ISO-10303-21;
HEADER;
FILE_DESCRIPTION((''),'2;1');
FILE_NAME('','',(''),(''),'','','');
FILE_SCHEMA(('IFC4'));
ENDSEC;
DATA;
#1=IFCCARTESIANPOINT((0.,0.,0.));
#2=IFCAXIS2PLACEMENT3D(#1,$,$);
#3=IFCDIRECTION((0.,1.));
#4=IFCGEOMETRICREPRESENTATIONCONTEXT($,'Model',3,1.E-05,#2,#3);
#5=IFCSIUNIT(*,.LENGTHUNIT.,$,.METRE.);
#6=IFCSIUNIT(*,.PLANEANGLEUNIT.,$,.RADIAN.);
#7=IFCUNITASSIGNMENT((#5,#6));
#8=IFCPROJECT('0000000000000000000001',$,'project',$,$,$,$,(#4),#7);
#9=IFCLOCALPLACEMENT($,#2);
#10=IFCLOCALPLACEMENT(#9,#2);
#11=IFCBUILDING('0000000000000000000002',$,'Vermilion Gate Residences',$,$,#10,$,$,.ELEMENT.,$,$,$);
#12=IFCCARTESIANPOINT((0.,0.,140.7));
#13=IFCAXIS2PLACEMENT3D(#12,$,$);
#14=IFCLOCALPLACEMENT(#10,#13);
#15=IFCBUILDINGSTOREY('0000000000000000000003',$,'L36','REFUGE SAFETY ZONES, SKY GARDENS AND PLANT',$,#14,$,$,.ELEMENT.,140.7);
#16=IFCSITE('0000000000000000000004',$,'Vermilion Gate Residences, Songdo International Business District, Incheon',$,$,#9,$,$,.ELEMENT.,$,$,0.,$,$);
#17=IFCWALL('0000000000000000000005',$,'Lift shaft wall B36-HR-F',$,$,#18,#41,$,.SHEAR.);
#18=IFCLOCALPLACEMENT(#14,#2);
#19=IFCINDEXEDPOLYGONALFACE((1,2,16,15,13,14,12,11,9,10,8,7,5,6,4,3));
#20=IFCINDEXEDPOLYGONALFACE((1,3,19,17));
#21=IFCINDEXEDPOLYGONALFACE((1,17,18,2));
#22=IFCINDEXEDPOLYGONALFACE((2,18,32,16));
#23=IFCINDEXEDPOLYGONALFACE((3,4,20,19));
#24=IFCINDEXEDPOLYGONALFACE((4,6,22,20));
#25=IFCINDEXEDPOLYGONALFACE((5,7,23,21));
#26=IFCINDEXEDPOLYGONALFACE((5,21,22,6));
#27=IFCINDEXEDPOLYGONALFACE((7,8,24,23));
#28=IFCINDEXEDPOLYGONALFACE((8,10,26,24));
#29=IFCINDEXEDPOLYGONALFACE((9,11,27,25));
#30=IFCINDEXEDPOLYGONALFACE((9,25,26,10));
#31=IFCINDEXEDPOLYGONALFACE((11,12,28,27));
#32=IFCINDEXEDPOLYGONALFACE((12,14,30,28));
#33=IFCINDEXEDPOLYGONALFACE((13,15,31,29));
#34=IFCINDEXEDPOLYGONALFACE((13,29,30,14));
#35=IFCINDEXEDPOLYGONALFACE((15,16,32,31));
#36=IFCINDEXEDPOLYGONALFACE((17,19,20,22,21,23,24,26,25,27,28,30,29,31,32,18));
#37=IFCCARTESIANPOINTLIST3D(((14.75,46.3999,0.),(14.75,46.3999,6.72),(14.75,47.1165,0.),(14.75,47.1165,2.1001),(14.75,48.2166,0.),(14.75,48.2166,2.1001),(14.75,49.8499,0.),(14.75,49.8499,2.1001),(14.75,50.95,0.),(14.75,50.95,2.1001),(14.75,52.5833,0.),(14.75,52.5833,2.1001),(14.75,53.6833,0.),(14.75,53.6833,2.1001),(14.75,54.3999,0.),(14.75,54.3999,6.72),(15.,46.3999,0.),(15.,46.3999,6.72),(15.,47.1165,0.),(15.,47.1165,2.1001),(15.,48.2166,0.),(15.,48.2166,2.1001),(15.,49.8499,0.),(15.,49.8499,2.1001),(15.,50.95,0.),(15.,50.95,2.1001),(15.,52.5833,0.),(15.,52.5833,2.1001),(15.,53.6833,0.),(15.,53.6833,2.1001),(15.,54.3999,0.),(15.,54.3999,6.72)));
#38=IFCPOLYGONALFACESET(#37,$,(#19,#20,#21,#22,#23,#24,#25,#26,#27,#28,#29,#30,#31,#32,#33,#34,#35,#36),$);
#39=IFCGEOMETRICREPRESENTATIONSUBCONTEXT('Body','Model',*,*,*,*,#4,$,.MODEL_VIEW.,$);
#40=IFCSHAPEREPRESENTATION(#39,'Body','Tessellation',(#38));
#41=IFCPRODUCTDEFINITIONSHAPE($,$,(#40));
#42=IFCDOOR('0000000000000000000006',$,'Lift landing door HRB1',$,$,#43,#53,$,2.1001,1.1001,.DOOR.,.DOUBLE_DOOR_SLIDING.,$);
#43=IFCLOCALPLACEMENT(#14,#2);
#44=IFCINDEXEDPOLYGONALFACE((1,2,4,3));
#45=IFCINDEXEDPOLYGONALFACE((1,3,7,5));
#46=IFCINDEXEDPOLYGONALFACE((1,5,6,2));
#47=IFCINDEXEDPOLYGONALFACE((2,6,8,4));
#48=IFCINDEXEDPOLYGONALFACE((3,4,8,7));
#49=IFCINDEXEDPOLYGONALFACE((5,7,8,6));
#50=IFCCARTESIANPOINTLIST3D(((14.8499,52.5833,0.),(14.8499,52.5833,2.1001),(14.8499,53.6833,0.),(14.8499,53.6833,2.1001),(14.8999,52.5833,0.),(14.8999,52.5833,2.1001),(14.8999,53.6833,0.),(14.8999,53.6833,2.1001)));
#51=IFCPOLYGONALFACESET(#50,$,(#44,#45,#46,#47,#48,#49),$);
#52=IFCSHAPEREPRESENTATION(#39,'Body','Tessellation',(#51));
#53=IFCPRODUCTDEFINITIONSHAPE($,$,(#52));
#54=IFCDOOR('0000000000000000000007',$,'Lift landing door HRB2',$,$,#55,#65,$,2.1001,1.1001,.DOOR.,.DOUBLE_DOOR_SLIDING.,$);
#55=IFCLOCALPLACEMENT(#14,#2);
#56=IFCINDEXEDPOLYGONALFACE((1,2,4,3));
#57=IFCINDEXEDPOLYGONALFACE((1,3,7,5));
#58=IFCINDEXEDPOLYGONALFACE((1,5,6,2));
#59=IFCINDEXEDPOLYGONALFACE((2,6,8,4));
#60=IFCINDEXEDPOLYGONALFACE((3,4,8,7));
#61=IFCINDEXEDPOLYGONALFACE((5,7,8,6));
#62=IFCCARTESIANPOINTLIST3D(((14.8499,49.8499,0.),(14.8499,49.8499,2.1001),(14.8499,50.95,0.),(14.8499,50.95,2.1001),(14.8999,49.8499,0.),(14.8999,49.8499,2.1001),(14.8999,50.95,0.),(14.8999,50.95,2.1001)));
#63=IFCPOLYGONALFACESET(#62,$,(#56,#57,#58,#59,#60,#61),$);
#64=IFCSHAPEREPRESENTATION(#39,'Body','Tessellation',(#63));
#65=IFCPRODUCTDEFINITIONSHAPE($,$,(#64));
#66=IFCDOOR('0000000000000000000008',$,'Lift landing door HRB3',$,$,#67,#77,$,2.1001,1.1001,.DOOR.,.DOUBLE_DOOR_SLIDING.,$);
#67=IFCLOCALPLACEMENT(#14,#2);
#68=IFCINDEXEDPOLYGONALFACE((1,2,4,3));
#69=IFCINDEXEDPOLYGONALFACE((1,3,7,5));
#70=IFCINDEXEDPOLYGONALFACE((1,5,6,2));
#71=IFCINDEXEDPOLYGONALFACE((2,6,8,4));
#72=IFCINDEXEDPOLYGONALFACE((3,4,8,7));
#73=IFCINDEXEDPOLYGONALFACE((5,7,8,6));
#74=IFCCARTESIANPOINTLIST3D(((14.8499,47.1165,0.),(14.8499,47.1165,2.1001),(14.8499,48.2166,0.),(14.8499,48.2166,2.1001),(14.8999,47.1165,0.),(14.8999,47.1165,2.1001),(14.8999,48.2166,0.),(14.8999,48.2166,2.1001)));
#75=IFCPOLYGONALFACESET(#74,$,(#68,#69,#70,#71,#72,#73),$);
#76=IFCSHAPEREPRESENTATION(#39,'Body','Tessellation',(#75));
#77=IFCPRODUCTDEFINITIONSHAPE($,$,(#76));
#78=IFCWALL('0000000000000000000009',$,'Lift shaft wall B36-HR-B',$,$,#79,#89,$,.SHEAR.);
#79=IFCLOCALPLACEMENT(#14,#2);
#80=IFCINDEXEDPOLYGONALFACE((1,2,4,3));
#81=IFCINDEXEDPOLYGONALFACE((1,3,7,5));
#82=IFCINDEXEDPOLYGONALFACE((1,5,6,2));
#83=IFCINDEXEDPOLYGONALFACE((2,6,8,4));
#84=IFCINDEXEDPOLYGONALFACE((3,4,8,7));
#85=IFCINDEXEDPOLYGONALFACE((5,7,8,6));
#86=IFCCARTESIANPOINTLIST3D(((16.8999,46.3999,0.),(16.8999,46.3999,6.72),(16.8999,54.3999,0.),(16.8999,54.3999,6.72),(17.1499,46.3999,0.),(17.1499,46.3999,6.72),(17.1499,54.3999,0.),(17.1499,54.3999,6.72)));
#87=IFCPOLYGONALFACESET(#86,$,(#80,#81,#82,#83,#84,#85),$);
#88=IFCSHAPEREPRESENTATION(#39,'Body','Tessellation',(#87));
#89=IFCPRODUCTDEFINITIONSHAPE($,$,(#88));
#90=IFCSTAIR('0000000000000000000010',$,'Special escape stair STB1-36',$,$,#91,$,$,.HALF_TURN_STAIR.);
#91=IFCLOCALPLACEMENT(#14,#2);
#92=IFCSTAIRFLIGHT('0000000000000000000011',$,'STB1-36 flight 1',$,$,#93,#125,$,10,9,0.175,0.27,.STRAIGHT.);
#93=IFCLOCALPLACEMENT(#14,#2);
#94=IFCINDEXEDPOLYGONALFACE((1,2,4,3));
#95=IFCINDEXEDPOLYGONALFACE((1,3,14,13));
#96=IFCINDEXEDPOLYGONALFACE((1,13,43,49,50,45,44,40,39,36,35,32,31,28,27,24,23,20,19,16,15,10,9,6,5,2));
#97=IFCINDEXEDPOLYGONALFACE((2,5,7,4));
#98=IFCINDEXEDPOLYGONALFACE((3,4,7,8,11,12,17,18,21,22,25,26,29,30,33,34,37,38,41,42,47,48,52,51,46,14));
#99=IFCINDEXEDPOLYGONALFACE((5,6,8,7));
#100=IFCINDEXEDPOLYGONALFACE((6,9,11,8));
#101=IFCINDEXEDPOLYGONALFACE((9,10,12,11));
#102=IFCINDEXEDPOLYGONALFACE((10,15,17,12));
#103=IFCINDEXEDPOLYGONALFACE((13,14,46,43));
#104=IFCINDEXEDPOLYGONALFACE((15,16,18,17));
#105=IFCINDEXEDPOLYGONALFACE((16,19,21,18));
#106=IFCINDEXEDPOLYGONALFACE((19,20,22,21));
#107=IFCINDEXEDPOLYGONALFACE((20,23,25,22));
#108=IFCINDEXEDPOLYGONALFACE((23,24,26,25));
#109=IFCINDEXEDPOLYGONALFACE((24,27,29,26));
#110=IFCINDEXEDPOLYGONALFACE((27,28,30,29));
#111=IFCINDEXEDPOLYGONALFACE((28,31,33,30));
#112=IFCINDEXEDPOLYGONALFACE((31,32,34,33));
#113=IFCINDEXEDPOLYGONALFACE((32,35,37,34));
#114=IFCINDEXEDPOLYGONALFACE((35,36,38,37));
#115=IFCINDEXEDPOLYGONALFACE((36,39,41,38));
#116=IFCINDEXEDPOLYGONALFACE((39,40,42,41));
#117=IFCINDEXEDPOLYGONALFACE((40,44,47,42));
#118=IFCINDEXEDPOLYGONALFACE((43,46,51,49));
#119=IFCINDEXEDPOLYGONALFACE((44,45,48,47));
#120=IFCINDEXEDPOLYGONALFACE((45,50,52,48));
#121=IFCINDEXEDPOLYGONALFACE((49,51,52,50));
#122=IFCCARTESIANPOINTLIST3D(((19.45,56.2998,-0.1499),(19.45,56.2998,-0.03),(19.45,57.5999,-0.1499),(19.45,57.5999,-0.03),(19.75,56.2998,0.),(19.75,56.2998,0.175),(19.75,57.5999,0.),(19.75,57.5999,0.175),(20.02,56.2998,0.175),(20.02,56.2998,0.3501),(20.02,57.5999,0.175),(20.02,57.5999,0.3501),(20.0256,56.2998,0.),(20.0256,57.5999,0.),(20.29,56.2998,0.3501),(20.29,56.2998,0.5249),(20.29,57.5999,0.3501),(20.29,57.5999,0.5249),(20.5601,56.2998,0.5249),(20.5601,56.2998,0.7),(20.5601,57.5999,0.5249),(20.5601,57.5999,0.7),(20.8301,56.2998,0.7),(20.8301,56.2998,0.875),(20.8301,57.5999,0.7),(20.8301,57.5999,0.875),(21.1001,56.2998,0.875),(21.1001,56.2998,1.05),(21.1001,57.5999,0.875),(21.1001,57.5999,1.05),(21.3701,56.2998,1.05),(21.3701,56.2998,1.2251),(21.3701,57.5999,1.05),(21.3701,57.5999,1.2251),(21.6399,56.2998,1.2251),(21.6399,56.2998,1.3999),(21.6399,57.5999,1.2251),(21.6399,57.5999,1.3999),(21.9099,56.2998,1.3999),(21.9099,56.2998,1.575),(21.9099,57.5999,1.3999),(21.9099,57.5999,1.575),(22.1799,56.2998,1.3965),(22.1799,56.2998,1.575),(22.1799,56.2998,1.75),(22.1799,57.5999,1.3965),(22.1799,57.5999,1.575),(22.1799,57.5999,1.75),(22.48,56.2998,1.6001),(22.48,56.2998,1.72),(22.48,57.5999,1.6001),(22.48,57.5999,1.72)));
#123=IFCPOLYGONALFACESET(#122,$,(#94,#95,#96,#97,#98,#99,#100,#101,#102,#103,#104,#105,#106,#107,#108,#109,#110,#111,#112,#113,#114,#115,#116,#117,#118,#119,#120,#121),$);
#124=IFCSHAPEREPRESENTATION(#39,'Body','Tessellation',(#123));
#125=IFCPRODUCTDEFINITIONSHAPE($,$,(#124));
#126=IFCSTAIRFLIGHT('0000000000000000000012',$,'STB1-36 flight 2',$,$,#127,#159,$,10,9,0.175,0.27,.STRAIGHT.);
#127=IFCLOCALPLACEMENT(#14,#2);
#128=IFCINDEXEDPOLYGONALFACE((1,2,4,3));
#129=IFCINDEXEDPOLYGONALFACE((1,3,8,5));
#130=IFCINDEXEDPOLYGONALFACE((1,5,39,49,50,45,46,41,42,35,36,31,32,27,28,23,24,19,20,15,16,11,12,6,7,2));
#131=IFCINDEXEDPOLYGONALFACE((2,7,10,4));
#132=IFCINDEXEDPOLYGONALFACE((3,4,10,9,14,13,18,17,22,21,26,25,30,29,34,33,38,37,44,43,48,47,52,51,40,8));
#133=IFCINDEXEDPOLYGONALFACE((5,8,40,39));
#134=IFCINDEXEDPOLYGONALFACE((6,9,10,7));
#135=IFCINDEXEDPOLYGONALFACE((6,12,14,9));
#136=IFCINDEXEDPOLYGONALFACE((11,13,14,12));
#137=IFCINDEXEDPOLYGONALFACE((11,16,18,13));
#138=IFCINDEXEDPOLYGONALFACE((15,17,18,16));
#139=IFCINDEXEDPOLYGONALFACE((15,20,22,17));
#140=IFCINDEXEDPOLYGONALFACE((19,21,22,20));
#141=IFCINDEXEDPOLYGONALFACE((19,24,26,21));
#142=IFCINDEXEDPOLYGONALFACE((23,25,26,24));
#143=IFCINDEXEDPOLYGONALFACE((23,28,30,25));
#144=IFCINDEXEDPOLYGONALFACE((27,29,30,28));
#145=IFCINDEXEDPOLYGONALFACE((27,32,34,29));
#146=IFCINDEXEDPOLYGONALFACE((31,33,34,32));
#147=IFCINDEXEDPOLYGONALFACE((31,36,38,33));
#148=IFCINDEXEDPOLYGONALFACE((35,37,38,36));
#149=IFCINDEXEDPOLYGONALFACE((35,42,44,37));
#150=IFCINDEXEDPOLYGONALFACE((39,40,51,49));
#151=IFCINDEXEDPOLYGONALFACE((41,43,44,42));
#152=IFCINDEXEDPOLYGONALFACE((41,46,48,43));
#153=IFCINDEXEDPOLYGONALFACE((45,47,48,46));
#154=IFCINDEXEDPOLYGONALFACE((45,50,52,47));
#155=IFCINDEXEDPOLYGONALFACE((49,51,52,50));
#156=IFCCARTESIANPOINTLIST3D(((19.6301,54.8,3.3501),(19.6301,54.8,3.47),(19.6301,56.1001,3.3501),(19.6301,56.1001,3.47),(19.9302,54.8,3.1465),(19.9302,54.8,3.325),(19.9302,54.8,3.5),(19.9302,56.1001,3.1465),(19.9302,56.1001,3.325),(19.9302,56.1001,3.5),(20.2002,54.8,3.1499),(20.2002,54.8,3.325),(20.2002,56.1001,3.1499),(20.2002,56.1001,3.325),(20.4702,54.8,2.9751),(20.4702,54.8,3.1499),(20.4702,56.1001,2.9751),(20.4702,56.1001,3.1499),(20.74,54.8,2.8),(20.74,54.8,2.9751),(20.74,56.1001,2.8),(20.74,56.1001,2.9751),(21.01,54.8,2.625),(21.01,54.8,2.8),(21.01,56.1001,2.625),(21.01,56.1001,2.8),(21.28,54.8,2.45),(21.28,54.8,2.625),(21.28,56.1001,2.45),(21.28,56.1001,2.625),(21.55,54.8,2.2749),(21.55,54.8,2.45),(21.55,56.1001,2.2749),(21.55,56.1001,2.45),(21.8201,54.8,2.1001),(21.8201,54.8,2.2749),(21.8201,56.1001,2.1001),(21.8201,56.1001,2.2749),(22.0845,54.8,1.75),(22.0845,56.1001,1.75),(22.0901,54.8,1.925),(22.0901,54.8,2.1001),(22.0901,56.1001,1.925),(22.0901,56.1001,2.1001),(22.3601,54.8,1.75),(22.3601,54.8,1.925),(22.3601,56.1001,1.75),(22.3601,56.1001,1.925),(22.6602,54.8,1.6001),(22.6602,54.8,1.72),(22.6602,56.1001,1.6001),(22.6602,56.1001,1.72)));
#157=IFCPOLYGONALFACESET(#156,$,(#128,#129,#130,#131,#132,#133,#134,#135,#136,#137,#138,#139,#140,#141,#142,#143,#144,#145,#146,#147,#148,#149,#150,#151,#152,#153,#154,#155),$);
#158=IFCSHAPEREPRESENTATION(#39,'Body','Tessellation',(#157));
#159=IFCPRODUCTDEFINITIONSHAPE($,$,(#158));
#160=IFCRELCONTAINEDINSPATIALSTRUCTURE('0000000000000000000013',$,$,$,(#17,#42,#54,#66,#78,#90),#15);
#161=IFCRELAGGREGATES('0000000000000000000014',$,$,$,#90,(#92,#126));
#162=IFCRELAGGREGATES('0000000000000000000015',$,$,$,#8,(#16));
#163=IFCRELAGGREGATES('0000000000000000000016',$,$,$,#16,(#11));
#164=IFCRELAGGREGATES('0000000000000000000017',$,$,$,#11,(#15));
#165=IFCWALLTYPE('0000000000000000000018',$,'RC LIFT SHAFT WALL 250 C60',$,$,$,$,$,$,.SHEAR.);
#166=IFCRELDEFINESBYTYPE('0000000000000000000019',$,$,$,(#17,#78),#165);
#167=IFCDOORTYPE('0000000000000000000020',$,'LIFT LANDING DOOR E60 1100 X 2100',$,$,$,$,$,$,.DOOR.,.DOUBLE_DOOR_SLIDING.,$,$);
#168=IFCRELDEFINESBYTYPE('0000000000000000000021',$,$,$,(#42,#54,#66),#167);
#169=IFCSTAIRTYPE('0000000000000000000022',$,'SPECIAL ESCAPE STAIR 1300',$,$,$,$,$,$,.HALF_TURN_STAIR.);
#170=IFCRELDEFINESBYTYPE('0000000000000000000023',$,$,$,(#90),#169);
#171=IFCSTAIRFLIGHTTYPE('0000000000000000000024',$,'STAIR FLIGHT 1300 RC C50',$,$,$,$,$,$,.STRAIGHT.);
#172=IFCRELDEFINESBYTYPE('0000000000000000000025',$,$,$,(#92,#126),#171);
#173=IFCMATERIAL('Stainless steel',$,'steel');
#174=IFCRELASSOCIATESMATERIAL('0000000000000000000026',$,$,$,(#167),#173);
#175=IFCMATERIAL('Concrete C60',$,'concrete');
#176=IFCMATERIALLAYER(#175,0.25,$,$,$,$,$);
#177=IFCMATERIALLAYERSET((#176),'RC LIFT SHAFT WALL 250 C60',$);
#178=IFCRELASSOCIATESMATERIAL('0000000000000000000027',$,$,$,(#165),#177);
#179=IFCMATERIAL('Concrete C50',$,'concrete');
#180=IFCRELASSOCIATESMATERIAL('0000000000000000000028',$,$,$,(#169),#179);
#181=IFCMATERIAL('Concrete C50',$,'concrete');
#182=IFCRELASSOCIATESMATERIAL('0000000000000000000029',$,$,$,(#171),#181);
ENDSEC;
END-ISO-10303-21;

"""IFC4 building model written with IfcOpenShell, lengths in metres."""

from ifc_helpers import new_model, si_unit, direction, frame, frame_2d, origin, place, context, subcontext, project, spatial, polyline, rectangle, outline, extrude, material, layer, layer_set, type_object, element, fill, aggregate, save


model = new_model("IFC4")

# Units and contexts
model_context = context("Model", 3, precision=1e-05, world=origin(), true_north=direction((0.0, 1.0)))
body_context = subcontext(model_context, "Body", "Model", "MODEL_VIEW")
ifc_project = project(units=[si_unit("LENGTHUNIT", "METRE"), si_unit("PLANEANGLEUNIT", "RADIAN")], contexts=[model_context])

# Site, building, storey
site_placement = place(None, origin())
site = spatial("IfcSite", under=ifc_project, at=site_placement, Name="Vermilion Gate Residences, Songdo International Business District, Incheon", CompositionType="ELEMENT", RefElevation=0.0)
building_placement = place(site_placement, origin())
building = spatial("IfcBuilding", under=site, at=building_placement, Name="Vermilion Gate Residences", CompositionType="ELEMENT")
storey_placement = place(building_placement, frame((0.0, 0.0, 140.7)))
storey = spatial("IfcBuildingStorey", under=building, at=storey_placement, Name="L36", Description="REFUGE SAFETY ZONES, SKY GARDENS AND PLANT", CompositionType="ELEMENT", Elevation=140.7)

# Shared definitions
ifc_material_1 = material(Name="Stainless steel", Category="steel")
door_type_1 = type_object("IfcDoorType", Name="LIFT LANDING DOOR E60 1100 X 2100", OperationType="DOUBLE_DOOR_SLIDING", PredefinedType="DOOR", material=ifc_material_1)

# Wall, openings, doors
ifc_material_2 = material(Name="Concrete C60", Category="concrete")
ifc_layer_1 = layer(ifc_material_2, 0.25)
ifc_layer_set_1 = layer_set([ifc_layer_1], Name="RC LIFT SHAFT WALL 250 C60")
wall_type_1 = type_object("IfcWallType", Name="RC LIFT SHAFT WALL 250 C60", PredefinedType="SHEAR", material=ifc_layer_set_1)
wall_1_placement = place(storey_placement, frame((14.875, 54.3999, 0.0), z_axis=(0.0, 0.0, 1.0), x_axis=(0.0, -1.0, 0.0)))
wall_1 = element("IfcWall", 1, at=wall_1_placement, inside=storey, type_object=wall_type_1, Name="Lift shaft wall B36-HR-F", PredefinedType="SHEAR", context=body_context, shape_type="SweptSolid", body=[
    extrude(rectangle(XDim=8.0, YDim=0.25, at=frame_2d((4.0, 0.0))), origin(), (0.0, 0.0, 1.0), 6.72),
])
opening_1_placement = place(wall_1_placement, frame((0.7166, 0.0, 0.0)))
opening_1 = element("IfcOpeningElement", 2, at=opening_1_placement, cuts=wall_1, PredefinedType="OPENING", context=body_context, shape_type="SweptSolid", body=[
    extrude(rectangle(XDim=1.1001, YDim=2.1001, at=frame_2d((0.55, 1.05))), frame((0.0, 0.135, 0.0), z_axis=(0.0, -1.0, 0.0), x_axis=(1.0, 0.0, 0.0)), (0.0, 0.0, 1.0), 0.27),
])
opening_2_placement = place(wall_1_placement, frame((3.45, 0.0, 0.0)))
opening_2 = element("IfcOpeningElement", 3, at=opening_2_placement, cuts=wall_1, PredefinedType="OPENING", context=body_context, shape_type="SweptSolid", body=[
    extrude(rectangle(XDim=1.1001, YDim=2.1001, at=frame_2d((0.55, 1.05))), frame((0.0, 0.135, 0.0), z_axis=(0.0, -1.0, 0.0), x_axis=(1.0, 0.0, 0.0)), (0.0, 0.0, 1.0), 0.27),
])
opening_3_placement = place(wall_1_placement, frame((6.1833, 0.0, 0.0)))
opening_3 = element("IfcOpeningElement", 4, at=opening_3_placement, cuts=wall_1, PredefinedType="OPENING", context=body_context, shape_type="SweptSolid", body=[
    extrude(rectangle(XDim=1.1001, YDim=2.1001, at=frame_2d((0.55, 1.05))), frame((0.0, 0.135, 0.0), z_axis=(0.0, -1.0, 0.0), x_axis=(1.0, 0.0, 0.0)), (0.0, 0.0, 1.0), 0.27),
])
door_1_placement = place(opening_1_placement, origin())
door_1 = element("IfcDoor", 5, at=door_1_placement, inside=storey, type_object=door_type_1, Name="Lift landing door HRB1", OperationType="DOUBLE_DOOR_SLIDING", OverallHeight=2.1001, OverallWidth=1.1001, PredefinedType="DOOR", context=body_context, shape_type="SweptSolid", body=[
    extrude(rectangle(XDim=1.1001, YDim=2.1001, at=frame_2d((0.55, 1.05))), frame((0.0, 0.0249, 0.0), z_axis=(0.0, -1.0, 0.0), x_axis=(1.0, 0.0, 0.0)), (0.0, 0.0, 1.0), 0.05),
])
fill(opening_1, door_1)
door_2_placement = place(opening_2_placement, origin())
door_2 = element("IfcDoor", 6, at=door_2_placement, inside=storey, type_object=door_type_1, Name="Lift landing door HRB2", OperationType="DOUBLE_DOOR_SLIDING", OverallHeight=2.1001, OverallWidth=1.1001, PredefinedType="DOOR", context=body_context, shape_type="SweptSolid", body=[
    extrude(rectangle(XDim=1.1001, YDim=2.1001, at=frame_2d((0.55, 1.05))), frame((0.0, 0.0249, 0.0), z_axis=(0.0, -1.0, 0.0), x_axis=(1.0, 0.0, 0.0)), (0.0, 0.0, 1.0), 0.05),
])
fill(opening_2, door_2)
door_3_placement = place(opening_3_placement, origin())
door_3 = element("IfcDoor", 7, at=door_3_placement, inside=storey, type_object=door_type_1, Name="Lift landing door HRB3", OperationType="DOUBLE_DOOR_SLIDING", OverallHeight=2.1001, OverallWidth=1.1001, PredefinedType="DOOR", context=body_context, shape_type="SweptSolid", body=[
    extrude(rectangle(XDim=1.1001, YDim=2.1001, at=frame_2d((0.55, 1.05))), frame((0.0, 0.0249, 0.0), z_axis=(0.0, -1.0, 0.0), x_axis=(1.0, 0.0, 0.0)), (0.0, 0.0, 1.0), 0.05),
])
fill(opening_3, door_3)

# Wall
wall_2_placement = place(storey_placement, frame((17.0249, 54.3999, 0.0), z_axis=(0.0, 0.0, 1.0), x_axis=(0.0, -1.0, 0.0)))
element("IfcWall", 8, at=wall_2_placement, inside=storey, type_object=wall_type_1, Name="Lift shaft wall B36-HR-B", PredefinedType="SHEAR", context=body_context, shape_type="SweptSolid", body=[
    extrude(rectangle(XDim=8.0, YDim=0.25, at=frame_2d((4.0, 0.0))), origin(), (0.0, 0.0, 1.0), 6.72),
])

# Stair, stair flights
ifc_material_3 = material(Name="Concrete C50", Category="concrete")
stair_type = type_object("IfcStairType", Name="SPECIAL ESCAPE STAIR 1300", PredefinedType="HALF_TURN_STAIR", material=ifc_material_3)
stair_placement = place(storey_placement, origin())
stair = element("IfcStair", 9, at=stair_placement, inside=storey, type_object=stair_type, Name="Special escape stair STB1-36", PredefinedType="HALF_TURN_STAIR")
ifc_material_4 = material(Name="Concrete C50", Category="concrete")
stair_flight_type = type_object("IfcStairFlightType", Name="STAIR FLIGHT 1300 RC C50", PredefinedType="STRAIGHT", material=ifc_material_4)
stair_flight_1_placement = place(storey_placement, frame((19.75, 56.95, 0.0), z_axis=(0.0, 0.0, 1.0), x_axis=(1.0, 0.0, 0.0)))
stair_flight_1 = element("IfcStairFlight", 10, at=stair_flight_1_placement, type_object=stair_flight_type, Name="STB1-36 flight 1", NumberOfRisers=10, NumberOfTreads=9, PredefinedType="STRAIGHT", RiserHeight=0.175, TreadLength=0.27, context=body_context, shape_type="SweptSolid", body=[
    extrude(outline(polyline([(-0.3, -0.1499), (-0.3, -0.03), (0.0, 0.0), (0.0, 0.175), (0.27, 0.175), (0.27, 0.3501), (0.54, 0.3501), (0.54, 0.5249), (0.8101, 0.5249), (0.8101, 0.7), (1.0801, 0.7), (1.0801, 0.875), (1.3501, 0.875), (1.3501, 1.05), (1.6201, 1.05), (1.6201, 1.2251), (1.8899, 1.2251), (1.8899, 1.3999), (2.1599, 1.3999), (2.1599, 1.575), (2.4299, 1.575), (2.4299, 1.75), (2.73, 1.72), (2.73, 1.6001), (2.4299, 1.3965), (0.2756, 0.0), (-0.3, -0.1499)])), frame((0.0, 0.6499, 0.0), z_axis=(0.0, -1.0, 0.0), x_axis=(1.0, 0.0, 0.0)), (0.0, 0.0, 1.0), 1.3),
])
stair_flight_2_placement = place(storey_placement, frame((22.3601, 55.45, 1.75), z_axis=(0.0, 0.0, 1.0), x_axis=(-1.0, 0.0, 0.0)))
stair_flight_2 = element("IfcStairFlight", 11, at=stair_flight_2_placement, type_object=stair_flight_type, Name="STB1-36 flight 2", NumberOfRisers=10, NumberOfTreads=9, PredefinedType="STRAIGHT", RiserHeight=0.175, TreadLength=0.27, context=body_context, shape_type="SweptSolid", body=[
    extrude(outline(polyline([(-0.3, -0.1499), (-0.3, -0.03), (0.0, 0.0), (0.0, 0.175), (0.27, 0.175), (0.27, 0.3501), (0.54, 0.3501), (0.54, 0.5249), (0.8101, 0.5249), (0.8101, 0.7), (1.0801, 0.7), (1.0801, 0.875), (1.3501, 0.875), (1.3501, 1.05), (1.6201, 1.05), (1.6201, 1.2251), (1.8899, 1.2251), (1.8899, 1.3999), (2.1599, 1.3999), (2.1599, 1.575), (2.4299, 1.575), (2.4299, 1.75), (2.73, 1.72), (2.73, 1.6001), (2.4299, 1.3965), (0.2756, 0.0), (-0.3, -0.1499)])), frame((0.0, 0.6499, 0.0), z_axis=(0.0, -1.0, 0.0), x_axis=(1.0, 0.0, 0.0)), (0.0, 0.0, 1.0), 1.3),
])
aggregate(stair, [stair_flight_1, stair_flight_2])

save(model, "model.ifc")
